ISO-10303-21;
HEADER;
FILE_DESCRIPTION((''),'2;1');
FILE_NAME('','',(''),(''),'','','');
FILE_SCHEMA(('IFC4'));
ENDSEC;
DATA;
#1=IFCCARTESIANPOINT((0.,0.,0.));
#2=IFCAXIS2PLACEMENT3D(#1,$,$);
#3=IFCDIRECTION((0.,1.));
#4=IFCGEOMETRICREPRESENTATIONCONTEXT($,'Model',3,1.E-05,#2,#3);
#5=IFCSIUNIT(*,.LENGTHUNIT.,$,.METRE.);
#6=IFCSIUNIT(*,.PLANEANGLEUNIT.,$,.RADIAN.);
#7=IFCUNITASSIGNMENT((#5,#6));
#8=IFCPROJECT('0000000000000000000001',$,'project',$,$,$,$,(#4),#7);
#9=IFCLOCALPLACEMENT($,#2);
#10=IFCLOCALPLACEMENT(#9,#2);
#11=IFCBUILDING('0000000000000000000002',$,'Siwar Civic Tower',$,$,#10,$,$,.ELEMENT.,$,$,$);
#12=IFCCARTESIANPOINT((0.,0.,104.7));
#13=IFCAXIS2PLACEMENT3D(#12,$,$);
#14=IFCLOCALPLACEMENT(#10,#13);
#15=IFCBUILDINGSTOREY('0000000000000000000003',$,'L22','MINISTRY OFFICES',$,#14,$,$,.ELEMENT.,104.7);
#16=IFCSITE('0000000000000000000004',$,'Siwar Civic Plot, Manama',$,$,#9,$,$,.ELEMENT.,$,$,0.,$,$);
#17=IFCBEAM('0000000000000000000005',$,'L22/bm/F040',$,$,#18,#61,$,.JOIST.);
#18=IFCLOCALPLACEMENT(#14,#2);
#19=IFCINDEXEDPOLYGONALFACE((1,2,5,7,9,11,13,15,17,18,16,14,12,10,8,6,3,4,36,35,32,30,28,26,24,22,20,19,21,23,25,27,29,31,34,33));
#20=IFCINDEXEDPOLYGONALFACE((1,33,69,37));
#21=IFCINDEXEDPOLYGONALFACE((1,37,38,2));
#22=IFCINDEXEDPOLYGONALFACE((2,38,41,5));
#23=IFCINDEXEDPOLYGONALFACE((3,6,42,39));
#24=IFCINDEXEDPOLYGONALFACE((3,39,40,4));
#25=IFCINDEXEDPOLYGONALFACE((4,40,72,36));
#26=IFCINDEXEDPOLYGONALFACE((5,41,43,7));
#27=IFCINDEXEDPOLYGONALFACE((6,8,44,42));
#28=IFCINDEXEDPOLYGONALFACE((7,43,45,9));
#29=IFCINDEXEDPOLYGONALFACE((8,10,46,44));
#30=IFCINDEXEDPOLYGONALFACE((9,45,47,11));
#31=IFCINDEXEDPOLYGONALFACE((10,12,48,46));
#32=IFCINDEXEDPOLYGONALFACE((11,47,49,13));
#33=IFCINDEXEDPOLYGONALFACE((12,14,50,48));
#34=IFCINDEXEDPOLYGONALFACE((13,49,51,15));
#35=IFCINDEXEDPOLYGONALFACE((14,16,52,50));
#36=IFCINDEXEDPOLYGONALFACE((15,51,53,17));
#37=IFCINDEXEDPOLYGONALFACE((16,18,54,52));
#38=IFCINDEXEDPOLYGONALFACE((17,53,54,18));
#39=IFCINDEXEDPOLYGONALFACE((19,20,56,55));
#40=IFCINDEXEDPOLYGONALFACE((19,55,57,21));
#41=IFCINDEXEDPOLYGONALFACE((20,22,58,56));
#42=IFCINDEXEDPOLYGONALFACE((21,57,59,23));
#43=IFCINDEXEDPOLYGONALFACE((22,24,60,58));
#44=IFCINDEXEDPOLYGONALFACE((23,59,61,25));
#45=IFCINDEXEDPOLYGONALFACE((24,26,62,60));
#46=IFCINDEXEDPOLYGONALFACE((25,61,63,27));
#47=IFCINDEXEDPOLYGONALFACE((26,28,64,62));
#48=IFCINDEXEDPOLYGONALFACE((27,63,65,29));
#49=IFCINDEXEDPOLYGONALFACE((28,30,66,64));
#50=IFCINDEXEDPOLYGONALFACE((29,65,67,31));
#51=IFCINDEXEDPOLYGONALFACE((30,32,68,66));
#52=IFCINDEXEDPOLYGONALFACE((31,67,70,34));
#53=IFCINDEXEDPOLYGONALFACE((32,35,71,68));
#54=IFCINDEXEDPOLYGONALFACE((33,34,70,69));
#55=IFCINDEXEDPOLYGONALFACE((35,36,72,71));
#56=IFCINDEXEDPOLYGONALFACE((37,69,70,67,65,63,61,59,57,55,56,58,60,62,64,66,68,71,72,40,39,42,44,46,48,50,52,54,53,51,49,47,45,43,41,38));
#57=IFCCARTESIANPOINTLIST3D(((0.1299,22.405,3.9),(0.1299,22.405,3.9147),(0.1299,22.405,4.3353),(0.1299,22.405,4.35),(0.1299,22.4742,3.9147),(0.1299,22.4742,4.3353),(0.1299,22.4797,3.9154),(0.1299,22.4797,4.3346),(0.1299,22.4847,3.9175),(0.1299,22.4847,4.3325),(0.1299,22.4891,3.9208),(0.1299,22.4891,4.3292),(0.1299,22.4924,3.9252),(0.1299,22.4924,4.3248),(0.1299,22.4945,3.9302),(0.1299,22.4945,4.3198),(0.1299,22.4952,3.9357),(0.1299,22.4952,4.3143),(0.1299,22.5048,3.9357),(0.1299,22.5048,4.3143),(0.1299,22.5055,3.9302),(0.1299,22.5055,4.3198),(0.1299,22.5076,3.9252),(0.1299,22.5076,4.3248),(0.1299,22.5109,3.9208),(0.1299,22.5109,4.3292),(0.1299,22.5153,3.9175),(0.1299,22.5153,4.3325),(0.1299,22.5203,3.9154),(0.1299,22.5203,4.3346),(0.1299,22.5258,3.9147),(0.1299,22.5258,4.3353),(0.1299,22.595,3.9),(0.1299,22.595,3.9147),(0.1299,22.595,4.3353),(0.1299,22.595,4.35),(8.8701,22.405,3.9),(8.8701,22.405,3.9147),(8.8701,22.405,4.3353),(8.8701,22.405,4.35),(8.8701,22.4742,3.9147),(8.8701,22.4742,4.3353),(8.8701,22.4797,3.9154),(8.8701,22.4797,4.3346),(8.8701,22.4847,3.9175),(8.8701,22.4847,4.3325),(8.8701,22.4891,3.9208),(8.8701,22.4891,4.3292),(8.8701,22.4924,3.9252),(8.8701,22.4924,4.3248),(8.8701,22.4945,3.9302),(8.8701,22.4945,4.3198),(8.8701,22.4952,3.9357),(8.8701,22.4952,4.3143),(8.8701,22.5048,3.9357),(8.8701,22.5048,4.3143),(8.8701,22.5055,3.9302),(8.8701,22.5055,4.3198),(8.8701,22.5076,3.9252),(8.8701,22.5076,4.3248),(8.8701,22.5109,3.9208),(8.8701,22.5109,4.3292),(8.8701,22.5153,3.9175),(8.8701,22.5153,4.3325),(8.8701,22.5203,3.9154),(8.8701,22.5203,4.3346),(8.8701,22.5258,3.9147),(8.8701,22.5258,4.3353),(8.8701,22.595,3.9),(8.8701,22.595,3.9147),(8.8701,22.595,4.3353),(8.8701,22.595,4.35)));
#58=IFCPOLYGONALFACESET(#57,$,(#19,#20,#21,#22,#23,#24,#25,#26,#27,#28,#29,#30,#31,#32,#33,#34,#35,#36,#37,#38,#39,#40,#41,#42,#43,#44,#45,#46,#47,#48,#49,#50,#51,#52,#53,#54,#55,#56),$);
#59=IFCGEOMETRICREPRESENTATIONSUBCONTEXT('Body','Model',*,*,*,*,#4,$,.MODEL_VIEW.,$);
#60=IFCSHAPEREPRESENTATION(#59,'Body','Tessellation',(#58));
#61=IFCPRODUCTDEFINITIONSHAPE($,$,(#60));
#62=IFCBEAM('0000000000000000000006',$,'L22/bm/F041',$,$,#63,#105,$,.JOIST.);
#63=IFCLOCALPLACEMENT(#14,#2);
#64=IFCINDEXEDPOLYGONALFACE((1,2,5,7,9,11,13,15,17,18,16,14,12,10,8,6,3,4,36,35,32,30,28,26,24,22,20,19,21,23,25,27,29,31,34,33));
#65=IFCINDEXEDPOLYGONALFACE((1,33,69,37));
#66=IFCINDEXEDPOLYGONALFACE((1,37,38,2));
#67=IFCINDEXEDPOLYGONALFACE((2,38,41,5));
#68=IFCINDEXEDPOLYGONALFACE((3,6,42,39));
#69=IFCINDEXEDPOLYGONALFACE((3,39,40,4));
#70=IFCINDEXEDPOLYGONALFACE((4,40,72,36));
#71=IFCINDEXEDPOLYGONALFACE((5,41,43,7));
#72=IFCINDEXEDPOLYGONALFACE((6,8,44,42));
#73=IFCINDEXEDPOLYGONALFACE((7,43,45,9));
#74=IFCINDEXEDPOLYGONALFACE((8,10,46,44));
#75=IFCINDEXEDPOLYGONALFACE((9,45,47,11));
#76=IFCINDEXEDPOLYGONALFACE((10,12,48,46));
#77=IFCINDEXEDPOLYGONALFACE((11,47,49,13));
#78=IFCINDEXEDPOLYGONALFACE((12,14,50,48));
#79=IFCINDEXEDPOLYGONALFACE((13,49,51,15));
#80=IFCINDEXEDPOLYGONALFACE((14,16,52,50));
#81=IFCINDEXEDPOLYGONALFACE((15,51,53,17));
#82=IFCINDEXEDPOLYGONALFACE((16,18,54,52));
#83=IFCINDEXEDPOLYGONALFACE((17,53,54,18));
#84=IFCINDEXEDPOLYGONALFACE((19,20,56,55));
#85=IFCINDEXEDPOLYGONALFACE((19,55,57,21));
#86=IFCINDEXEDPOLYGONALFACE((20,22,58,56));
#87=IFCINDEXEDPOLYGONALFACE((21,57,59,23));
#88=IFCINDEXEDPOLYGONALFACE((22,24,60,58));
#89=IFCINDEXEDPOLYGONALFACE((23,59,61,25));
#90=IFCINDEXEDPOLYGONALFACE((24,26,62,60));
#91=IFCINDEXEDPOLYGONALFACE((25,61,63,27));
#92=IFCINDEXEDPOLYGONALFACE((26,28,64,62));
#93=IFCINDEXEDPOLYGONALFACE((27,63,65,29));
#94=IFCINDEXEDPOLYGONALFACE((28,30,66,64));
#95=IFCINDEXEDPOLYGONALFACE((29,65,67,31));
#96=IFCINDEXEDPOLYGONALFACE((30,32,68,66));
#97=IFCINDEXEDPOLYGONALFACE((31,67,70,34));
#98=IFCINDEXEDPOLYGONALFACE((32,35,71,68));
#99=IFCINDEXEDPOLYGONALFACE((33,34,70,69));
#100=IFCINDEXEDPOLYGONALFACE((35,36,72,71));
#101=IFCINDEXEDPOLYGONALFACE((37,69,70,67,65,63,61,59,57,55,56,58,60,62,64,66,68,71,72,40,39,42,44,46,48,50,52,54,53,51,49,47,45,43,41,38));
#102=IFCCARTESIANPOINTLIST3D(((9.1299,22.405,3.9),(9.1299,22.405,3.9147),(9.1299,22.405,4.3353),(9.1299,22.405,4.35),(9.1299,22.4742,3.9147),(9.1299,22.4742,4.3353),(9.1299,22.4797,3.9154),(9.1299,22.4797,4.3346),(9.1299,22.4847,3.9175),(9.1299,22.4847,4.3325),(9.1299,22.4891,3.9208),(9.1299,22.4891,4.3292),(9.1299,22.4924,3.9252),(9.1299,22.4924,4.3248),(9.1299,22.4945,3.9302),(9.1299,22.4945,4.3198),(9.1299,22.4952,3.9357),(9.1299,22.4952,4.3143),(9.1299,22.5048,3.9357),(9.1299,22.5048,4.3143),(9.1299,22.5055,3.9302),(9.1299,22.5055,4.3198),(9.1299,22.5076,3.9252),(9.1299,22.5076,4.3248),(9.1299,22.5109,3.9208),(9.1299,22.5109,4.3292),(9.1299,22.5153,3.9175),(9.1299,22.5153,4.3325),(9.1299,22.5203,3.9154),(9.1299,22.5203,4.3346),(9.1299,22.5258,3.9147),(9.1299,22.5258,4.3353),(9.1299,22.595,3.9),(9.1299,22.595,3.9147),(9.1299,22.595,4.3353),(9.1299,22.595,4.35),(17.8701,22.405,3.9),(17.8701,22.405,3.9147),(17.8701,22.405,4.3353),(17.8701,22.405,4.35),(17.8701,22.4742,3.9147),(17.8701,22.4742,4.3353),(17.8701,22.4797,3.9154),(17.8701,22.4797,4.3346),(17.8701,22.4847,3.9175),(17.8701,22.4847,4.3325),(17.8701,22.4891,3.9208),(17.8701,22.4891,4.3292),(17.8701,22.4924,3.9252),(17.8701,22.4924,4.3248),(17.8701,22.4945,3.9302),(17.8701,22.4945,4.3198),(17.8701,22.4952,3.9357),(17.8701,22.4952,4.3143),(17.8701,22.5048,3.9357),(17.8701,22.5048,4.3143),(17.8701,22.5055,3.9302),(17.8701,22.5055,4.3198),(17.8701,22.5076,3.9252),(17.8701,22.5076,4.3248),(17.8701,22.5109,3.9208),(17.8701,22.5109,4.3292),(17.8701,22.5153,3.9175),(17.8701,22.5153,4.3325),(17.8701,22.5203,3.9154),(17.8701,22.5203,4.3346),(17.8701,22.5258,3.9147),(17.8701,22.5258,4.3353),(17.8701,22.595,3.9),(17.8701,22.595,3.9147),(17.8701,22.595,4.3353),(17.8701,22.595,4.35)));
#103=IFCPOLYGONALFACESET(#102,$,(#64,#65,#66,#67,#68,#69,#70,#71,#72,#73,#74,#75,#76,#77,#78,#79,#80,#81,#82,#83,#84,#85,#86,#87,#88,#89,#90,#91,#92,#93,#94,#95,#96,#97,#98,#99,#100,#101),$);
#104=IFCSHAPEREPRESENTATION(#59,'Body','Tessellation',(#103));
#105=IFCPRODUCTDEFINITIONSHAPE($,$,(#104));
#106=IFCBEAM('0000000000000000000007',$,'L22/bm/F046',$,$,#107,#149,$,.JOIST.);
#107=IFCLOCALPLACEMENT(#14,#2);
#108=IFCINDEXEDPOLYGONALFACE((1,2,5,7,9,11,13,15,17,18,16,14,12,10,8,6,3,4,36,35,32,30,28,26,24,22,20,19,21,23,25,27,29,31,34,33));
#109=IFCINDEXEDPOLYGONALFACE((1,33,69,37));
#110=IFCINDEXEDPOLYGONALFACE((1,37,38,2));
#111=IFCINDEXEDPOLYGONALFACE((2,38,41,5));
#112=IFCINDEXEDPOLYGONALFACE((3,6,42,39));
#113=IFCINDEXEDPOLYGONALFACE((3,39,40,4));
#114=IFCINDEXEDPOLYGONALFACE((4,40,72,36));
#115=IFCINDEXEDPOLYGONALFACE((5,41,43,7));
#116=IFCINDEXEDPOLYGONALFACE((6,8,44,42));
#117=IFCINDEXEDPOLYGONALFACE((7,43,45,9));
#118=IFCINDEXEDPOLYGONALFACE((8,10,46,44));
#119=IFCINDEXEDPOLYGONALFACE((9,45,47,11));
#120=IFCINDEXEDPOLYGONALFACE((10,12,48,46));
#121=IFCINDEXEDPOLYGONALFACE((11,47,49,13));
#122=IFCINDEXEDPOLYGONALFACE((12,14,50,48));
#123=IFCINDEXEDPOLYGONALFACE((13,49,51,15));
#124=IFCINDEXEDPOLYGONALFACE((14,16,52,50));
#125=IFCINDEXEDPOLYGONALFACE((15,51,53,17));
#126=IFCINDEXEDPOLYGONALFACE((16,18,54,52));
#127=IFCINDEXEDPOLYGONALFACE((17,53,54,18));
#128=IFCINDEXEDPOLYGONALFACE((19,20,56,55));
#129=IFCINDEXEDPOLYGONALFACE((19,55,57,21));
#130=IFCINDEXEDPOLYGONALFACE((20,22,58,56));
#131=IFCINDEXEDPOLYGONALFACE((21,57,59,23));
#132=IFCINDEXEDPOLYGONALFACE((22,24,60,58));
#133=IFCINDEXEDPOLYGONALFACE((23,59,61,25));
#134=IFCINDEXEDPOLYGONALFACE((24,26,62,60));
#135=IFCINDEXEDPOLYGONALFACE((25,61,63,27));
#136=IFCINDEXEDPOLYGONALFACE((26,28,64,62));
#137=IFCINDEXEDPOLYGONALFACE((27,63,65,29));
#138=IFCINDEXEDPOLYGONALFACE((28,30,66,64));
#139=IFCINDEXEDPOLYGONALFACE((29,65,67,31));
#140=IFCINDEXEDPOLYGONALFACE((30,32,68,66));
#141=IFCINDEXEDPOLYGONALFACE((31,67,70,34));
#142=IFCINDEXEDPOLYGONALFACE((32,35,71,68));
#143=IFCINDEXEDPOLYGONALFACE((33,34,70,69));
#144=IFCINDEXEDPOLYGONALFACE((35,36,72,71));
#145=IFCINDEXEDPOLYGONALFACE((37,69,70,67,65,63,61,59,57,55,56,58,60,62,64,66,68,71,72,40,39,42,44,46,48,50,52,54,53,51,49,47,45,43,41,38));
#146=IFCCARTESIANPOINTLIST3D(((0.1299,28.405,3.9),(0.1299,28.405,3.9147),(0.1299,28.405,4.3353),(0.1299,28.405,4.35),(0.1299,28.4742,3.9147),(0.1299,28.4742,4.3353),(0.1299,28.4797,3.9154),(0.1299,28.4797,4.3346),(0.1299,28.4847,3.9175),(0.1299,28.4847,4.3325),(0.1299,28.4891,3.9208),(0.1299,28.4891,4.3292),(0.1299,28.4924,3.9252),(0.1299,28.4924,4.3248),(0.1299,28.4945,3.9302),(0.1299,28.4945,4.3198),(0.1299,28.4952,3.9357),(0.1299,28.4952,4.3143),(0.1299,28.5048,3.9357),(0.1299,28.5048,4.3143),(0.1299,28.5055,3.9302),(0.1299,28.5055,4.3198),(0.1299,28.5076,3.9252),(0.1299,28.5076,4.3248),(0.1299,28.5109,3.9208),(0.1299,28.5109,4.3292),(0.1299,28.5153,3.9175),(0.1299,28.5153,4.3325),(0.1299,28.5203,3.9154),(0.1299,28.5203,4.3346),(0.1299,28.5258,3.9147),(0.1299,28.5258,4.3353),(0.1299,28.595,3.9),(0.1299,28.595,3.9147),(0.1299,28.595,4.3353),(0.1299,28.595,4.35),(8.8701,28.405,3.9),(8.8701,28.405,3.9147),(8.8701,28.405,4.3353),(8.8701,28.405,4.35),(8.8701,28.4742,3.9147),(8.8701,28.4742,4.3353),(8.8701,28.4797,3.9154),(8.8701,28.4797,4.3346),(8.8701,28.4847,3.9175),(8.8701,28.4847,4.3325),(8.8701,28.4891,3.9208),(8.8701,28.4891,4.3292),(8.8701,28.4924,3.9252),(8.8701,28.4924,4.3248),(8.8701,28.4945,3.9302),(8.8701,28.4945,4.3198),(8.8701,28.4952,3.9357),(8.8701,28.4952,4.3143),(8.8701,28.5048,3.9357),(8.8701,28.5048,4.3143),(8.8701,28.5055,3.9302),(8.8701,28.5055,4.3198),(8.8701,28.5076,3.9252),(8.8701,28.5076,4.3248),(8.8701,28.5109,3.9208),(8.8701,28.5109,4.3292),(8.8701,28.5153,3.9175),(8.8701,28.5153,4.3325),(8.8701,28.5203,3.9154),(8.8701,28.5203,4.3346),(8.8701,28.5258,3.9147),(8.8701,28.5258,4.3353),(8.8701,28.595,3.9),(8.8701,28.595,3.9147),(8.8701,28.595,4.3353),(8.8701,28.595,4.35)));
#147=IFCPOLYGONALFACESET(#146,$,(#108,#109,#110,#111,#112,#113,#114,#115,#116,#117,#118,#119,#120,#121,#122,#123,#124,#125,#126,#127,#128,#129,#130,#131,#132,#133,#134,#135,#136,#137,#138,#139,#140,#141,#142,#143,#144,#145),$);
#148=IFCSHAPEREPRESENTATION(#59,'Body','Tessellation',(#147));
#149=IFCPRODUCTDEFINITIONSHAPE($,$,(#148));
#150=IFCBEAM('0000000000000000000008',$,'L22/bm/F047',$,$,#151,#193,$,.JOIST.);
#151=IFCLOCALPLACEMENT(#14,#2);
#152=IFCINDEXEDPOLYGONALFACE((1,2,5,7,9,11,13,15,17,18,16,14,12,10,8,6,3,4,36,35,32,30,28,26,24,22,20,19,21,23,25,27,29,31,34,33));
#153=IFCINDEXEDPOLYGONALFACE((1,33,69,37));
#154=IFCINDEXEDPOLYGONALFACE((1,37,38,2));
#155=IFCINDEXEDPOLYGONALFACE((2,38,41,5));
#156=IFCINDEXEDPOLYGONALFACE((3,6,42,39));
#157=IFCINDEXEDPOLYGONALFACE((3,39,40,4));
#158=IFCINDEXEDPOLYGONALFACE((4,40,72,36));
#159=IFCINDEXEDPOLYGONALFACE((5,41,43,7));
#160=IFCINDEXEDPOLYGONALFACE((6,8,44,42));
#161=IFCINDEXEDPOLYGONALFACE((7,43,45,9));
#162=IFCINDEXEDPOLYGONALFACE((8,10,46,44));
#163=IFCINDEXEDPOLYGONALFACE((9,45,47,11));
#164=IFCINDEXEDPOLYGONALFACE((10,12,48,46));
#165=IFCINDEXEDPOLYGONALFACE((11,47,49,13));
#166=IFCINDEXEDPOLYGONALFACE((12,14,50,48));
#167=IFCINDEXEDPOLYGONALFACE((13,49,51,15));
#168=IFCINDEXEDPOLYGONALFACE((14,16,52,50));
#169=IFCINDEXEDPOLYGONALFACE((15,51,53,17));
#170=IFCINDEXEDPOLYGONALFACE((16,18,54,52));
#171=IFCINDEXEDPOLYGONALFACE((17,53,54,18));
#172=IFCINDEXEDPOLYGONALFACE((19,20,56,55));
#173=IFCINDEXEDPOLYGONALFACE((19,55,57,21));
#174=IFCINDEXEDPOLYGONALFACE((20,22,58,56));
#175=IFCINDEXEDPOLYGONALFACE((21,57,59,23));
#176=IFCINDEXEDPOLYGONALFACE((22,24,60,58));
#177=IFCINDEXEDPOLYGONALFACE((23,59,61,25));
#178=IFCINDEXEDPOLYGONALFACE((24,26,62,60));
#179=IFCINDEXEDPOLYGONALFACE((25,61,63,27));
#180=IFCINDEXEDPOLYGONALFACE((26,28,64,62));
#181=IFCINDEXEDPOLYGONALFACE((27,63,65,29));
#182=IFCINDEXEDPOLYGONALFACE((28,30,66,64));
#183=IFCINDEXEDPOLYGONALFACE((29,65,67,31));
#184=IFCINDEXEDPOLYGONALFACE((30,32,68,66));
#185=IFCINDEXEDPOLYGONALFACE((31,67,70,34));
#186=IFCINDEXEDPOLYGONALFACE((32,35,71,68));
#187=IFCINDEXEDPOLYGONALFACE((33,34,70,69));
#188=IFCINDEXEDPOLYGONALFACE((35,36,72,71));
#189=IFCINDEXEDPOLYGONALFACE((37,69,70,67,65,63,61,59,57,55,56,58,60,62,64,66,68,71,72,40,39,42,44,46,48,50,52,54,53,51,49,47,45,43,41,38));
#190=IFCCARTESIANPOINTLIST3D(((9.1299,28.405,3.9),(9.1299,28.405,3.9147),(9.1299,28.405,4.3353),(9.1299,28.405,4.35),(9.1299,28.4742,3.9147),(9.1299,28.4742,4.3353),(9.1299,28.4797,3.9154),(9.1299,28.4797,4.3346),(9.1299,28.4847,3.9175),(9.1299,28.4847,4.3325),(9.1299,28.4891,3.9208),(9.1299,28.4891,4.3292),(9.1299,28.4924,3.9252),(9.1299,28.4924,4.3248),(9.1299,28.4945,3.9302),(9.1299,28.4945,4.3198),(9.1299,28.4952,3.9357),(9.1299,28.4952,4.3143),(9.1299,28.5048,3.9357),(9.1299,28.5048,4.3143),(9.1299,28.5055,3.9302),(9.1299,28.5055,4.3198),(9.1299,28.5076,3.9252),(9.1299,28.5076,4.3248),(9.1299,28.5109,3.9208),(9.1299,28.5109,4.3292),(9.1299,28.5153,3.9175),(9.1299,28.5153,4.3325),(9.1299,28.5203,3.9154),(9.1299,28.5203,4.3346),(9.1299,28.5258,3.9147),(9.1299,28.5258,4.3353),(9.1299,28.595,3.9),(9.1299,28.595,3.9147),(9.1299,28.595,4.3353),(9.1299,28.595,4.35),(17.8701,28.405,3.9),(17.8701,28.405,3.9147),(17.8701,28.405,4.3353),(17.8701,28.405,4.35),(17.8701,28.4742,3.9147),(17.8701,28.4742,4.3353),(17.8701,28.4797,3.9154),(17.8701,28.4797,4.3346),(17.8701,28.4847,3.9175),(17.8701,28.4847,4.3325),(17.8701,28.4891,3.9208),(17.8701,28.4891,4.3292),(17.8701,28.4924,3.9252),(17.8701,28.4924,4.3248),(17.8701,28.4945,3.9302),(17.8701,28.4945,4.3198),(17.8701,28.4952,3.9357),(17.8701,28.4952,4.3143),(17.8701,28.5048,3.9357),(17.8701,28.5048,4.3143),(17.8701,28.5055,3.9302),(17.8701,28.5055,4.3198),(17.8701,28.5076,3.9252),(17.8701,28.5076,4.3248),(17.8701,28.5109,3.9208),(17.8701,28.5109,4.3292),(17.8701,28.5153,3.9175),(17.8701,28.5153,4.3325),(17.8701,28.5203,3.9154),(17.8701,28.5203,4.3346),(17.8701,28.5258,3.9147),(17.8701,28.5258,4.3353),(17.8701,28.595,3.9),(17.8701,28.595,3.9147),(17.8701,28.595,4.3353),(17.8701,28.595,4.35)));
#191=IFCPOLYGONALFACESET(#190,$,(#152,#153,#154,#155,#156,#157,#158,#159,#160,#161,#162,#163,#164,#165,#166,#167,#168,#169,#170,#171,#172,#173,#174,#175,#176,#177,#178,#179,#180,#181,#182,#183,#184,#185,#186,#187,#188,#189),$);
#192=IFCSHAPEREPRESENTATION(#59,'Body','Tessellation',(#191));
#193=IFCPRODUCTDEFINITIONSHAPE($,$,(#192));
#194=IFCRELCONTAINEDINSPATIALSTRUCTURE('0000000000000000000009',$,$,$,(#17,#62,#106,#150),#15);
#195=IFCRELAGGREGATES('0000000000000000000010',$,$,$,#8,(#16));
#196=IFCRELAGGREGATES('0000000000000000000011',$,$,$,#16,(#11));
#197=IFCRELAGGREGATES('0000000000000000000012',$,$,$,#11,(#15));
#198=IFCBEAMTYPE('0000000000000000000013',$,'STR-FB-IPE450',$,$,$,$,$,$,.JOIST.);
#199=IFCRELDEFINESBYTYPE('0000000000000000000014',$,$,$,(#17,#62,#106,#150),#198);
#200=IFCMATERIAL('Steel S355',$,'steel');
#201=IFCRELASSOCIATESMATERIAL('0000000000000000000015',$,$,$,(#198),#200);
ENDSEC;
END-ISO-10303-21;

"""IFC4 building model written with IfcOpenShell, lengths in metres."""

from ifc_helpers import new_model, si_unit, direction, frame, origin, origin_2d, place, context, subcontext, project, spatial, i_section, extrude, material, material_profile, profile_set, type_object, element, save


model = new_model("IFC4")

# Units and contexts
model_context = context("Model", 3, precision=1e-05, world=origin(), true_north=direction((0.0, 1.0)))
body_context = subcontext(model_context, "Body", "Model", "MODEL_VIEW")
ifc_project = project(units=[si_unit("LENGTHUNIT", "METRE"), si_unit("PLANEANGLEUNIT", "RADIAN")], contexts=[model_context])

# Site, building, storey
site_placement = place(None, origin())
site = spatial("IfcSite", under=ifc_project, at=site_placement, Name="Siwar Civic Plot, Manama", CompositionType="ELEMENT", RefElevation=0.0)
building_placement = place(site_placement, origin())
building = spatial("IfcBuilding", under=site, at=building_placement, Name="Siwar Civic Tower", CompositionType="ELEMENT")
storey_placement = place(building_placement, frame((0.0, 0.0, 104.7)))
storey = spatial("IfcBuildingStorey", under=building, at=storey_placement, Name="L22", Description="MINISTRY OFFICES", CompositionType="ELEMENT", Elevation=104.7)

# Beams
ifc_material_1 = material(Name="Steel S355", Category="steel")
ifc_material_profile_1 = material_profile(ifc_material_1, i_section(OverallWidth=0.1899, OverallDepth=0.45, WebThickness=0.0095, FlangeThickness=0.0146, FilletRadius=0.021, at=origin_2d()), Name="IPE450")
ifc_profile_set_1 = profile_set([ifc_material_profile_1], Name="Steel S355")
beam_type_1 = type_object("IfcBeamType", Name="STR-FB-IPE450", PredefinedType="JOIST", material=ifc_profile_set_1)
for number, where, z_axis, x_axis, name in (
    (1, (0.1299, 22.5, 4.125), (1.0, 0.0, 0.0), (0.0, 1.0, 0.0), "L22/bm/F040"),
    (2, (9.1299, 22.5, 4.125), (1.0, 0.0, 0.0), (0.0, 1.0, 0.0), "L22/bm/F041"),
    (3, (0.1299, 28.5, 4.125), (1.0, 0.0, 0.0), (0.0, 1.0, 0.0), "L22/bm/F046"),
    (4, (9.1299, 28.5, 4.125), (1.0, 0.0, 0.0), (0.0, 1.0, 0.0), "L22/bm/F047"),
):
    element("IfcBeam", number, at=place(storey_placement, frame(where, z_axis=z_axis, x_axis=x_axis)), inside=storey, type_object=beam_type_1, Name=name, PredefinedType="JOIST", context=body_context, shape_type="SweptSolid", body=[
        extrude(i_section(OverallWidth=0.1899, OverallDepth=0.45, WebThickness=0.0095, FlangeThickness=0.0146, FilletRadius=0.021, at=origin_2d()), origin(), (0.0, 0.0, 1.0), 8.7402),
    ])

save(model, "model.ifc")
